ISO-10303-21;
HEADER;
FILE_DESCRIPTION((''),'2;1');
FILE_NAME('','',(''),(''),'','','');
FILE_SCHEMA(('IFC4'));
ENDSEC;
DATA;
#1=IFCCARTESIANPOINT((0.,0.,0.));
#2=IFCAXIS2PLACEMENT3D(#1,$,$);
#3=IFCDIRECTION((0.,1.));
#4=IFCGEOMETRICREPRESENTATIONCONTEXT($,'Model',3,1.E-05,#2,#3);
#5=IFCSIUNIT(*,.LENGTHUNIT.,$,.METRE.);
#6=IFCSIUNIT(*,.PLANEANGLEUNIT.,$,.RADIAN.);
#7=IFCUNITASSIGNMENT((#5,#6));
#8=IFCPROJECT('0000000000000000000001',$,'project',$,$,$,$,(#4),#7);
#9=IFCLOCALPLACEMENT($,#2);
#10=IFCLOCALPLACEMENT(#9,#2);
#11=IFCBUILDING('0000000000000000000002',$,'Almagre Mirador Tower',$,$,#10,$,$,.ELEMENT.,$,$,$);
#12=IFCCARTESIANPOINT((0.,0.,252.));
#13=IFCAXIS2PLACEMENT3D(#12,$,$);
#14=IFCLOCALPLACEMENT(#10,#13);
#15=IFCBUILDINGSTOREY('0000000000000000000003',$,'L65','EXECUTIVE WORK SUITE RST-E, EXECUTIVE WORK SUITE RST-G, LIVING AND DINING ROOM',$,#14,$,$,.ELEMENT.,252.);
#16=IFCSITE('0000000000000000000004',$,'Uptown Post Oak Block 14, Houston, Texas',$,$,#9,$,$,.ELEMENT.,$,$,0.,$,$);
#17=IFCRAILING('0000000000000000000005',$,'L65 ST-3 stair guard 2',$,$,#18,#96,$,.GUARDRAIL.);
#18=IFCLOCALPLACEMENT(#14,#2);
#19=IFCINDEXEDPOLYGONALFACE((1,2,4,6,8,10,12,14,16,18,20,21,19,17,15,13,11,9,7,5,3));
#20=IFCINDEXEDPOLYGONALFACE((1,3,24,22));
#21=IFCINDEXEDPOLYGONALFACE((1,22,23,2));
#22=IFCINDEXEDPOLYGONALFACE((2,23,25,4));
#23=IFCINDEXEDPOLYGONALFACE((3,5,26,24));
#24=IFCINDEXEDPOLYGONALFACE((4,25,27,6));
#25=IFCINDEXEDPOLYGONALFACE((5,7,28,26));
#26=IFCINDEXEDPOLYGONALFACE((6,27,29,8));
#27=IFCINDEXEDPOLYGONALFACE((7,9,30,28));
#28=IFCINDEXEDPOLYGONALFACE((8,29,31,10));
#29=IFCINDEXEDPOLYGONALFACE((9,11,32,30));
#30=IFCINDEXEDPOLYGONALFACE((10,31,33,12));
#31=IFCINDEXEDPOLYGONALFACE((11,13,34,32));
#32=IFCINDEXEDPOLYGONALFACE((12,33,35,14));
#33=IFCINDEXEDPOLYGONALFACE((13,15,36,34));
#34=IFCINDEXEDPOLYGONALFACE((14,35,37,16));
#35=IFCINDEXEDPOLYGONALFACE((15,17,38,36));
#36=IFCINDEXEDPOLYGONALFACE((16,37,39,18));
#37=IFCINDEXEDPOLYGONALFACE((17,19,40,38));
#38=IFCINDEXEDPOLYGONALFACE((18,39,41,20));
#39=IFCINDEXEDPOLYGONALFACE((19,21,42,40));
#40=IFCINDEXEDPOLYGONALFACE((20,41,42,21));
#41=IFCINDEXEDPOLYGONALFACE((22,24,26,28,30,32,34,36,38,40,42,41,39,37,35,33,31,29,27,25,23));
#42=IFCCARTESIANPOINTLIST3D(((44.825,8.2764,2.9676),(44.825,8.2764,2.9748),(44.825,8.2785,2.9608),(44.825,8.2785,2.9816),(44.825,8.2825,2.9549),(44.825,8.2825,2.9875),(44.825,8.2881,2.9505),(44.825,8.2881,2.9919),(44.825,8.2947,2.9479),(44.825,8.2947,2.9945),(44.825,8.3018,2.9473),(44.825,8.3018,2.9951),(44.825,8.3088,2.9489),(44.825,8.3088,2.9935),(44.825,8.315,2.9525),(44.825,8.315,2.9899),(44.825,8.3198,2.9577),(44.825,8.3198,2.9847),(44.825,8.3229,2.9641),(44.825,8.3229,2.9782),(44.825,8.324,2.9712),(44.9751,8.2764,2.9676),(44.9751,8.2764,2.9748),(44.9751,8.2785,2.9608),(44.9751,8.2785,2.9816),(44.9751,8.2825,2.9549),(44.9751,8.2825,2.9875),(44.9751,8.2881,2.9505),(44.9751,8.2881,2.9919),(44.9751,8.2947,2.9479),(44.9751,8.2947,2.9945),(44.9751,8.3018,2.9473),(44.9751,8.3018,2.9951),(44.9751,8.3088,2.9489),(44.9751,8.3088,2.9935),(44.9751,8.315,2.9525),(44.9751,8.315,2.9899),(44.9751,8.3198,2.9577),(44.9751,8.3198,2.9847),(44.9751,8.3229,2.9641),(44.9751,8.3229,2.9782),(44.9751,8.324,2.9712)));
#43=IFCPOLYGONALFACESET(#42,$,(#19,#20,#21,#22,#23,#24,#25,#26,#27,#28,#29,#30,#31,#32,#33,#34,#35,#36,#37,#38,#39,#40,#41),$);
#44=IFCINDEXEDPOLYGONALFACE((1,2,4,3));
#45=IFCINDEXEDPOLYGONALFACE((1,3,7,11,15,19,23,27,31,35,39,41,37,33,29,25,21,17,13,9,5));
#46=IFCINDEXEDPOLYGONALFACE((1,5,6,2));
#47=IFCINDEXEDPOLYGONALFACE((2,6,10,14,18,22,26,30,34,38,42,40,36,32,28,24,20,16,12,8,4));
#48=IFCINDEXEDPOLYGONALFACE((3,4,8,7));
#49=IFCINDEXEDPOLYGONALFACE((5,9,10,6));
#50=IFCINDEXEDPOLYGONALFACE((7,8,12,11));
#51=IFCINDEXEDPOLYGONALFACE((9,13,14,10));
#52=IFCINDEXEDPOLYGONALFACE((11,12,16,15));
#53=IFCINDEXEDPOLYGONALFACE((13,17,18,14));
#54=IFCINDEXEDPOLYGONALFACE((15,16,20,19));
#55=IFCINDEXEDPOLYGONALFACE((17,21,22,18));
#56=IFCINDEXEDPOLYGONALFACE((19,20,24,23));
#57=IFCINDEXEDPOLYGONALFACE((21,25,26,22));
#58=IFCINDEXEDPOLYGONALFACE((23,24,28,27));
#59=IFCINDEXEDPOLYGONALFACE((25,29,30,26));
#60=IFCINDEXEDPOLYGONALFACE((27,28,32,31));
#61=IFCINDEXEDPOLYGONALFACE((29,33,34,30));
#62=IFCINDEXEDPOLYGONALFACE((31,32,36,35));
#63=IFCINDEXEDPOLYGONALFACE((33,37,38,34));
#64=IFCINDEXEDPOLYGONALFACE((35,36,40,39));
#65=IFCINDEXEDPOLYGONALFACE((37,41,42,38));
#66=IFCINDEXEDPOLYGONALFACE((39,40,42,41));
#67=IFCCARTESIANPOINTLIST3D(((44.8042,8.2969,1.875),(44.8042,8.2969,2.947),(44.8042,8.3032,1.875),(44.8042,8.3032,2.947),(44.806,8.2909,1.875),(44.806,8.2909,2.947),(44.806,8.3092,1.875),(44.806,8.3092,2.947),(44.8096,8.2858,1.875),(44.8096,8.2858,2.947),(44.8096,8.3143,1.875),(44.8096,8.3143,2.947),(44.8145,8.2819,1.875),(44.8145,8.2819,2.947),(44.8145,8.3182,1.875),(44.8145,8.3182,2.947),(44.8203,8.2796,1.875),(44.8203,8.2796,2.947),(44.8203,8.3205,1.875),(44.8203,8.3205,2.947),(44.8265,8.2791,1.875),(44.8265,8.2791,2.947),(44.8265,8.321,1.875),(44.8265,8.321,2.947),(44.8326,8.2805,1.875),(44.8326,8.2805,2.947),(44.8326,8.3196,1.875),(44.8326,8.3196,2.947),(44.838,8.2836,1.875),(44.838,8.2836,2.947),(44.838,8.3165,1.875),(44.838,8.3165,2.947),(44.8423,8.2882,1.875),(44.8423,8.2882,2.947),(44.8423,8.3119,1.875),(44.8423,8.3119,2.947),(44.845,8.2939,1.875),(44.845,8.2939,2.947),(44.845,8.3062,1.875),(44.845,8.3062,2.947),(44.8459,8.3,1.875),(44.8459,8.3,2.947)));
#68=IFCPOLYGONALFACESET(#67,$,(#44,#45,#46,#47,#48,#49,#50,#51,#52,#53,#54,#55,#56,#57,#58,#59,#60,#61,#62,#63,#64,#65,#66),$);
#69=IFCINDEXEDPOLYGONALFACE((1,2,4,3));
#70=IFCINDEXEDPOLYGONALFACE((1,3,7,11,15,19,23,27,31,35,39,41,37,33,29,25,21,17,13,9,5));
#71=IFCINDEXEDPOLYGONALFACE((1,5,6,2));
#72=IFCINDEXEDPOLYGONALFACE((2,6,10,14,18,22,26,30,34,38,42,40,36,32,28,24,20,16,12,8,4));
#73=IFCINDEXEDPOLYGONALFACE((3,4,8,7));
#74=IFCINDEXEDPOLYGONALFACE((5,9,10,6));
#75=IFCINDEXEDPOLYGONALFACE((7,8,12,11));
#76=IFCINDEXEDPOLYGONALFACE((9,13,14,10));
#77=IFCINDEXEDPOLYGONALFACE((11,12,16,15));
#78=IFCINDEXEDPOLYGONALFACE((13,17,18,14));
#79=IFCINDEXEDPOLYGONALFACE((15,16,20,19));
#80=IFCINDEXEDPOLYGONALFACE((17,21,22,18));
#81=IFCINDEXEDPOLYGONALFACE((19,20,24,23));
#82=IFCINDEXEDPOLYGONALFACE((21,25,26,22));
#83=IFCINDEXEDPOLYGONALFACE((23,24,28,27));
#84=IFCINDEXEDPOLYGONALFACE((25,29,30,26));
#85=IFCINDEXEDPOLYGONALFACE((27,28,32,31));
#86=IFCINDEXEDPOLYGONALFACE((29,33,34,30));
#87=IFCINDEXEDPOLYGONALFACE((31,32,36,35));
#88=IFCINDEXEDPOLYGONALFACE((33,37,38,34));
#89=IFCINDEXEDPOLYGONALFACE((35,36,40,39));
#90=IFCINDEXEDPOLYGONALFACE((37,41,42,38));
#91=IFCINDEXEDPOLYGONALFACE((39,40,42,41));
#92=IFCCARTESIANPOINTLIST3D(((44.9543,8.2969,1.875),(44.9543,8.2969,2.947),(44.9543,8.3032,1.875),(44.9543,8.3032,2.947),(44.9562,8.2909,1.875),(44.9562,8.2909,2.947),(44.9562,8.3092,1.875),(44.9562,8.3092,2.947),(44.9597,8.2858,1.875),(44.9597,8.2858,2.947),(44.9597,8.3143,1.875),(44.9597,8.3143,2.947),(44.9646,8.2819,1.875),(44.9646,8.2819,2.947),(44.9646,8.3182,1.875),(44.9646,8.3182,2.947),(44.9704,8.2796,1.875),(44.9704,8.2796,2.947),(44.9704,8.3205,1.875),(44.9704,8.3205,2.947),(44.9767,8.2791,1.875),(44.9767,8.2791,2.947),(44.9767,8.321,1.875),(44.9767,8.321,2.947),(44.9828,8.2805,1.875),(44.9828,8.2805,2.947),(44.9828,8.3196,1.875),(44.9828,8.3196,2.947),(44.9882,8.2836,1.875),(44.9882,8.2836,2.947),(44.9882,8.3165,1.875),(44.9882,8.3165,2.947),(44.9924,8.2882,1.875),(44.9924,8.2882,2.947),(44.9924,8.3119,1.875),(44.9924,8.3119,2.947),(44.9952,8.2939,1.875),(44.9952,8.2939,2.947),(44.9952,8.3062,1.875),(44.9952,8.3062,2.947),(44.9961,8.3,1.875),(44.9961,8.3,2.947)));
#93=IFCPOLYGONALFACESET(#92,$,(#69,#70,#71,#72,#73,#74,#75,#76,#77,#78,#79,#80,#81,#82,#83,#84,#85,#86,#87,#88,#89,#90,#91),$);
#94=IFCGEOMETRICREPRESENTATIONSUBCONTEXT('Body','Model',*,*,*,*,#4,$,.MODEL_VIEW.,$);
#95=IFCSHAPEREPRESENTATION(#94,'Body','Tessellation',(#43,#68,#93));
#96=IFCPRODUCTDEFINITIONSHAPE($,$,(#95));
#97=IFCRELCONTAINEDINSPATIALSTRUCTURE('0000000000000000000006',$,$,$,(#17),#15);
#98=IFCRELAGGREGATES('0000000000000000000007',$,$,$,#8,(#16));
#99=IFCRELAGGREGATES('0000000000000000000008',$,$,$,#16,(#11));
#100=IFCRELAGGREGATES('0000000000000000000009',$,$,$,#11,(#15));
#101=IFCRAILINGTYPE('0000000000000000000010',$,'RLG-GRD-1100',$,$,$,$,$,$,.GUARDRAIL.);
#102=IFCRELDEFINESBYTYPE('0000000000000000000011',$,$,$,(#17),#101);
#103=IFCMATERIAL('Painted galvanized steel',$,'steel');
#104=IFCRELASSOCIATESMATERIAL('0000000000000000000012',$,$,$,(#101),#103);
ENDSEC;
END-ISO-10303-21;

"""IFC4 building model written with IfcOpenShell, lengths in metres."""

from ifc_helpers import new_model, si_unit, direction, frame, origin, origin_2d, place, context, subcontext, project, spatial, circle, extrude, material, type_object, element, save


model = new_model("IFC4")

# Units and contexts
model_context = context("Model", 3, precision=1e-05, world=origin(), true_north=direction((0.0, 1.0)))
body_context = subcontext(model_context, "Body", "Model", "MODEL_VIEW")
ifc_project = project(units=[si_unit("LENGTHUNIT", "METRE"), si_unit("PLANEANGLEUNIT", "RADIAN")], contexts=[model_context])

# Site, building, storey
site_placement = place(None, origin())
site = spatial("IfcSite", under=ifc_project, at=site_placement, Name="Uptown Post Oak Block 14, Houston, Texas", CompositionType="ELEMENT", RefElevation=0.0)
building_placement = place(site_placement, origin())
building = spatial("IfcBuilding", under=site, at=building_placement, Name="Almagre Mirador Tower", CompositionType="ELEMENT")
storey_placement = place(building_placement, frame((0.0, 0.0, 252.0)))
storey = spatial("IfcBuildingStorey", under=building, at=storey_placement, Name="L65", Description="EXECUTIVE WORK SUITE RST-E, EXECUTIVE WORK SUITE RST-G, LIVING AND DINING ROOM", CompositionType="ELEMENT", Elevation=252.0)

# Railing
ifc_material_1 = material(Name="Painted galvanized steel", Category="steel")
railing_type_1 = type_object("IfcRailingType", Name="RLG-GRD-1100", PredefinedType="GUARDRAIL", material=ifc_material_1)
railing_1_placement = place(storey_placement, frame((44.825, 8.3, 1.875)))
element("IfcRailing", 1, at=railing_1_placement, inside=storey, type_object=railing_type_1, Name="L65 ST-3 stair guard 2", PredefinedType="GUARDRAIL", context=body_context, shape_type="SweptSolid", body=[
    extrude(circle(Radius=0.0239, at=origin_2d()), frame((0.0, 0.0, 1.0962), z_axis=(1.0, 0.0, 0.0), x_axis=(0.0, 1.0, 0.0)), (0.0, 0.0, 1.0), 0.1501),
    extrude(circle(Radius=0.021, at=origin_2d()), origin(), (0.0, 0.0, 1.0), 1.072),
    extrude(circle(Radius=0.021, at=origin_2d()), frame((0.1501, 0.0, 0.0)), (0.0, 0.0, 1.0), 1.072),
])

save(model, "model.ifc")
